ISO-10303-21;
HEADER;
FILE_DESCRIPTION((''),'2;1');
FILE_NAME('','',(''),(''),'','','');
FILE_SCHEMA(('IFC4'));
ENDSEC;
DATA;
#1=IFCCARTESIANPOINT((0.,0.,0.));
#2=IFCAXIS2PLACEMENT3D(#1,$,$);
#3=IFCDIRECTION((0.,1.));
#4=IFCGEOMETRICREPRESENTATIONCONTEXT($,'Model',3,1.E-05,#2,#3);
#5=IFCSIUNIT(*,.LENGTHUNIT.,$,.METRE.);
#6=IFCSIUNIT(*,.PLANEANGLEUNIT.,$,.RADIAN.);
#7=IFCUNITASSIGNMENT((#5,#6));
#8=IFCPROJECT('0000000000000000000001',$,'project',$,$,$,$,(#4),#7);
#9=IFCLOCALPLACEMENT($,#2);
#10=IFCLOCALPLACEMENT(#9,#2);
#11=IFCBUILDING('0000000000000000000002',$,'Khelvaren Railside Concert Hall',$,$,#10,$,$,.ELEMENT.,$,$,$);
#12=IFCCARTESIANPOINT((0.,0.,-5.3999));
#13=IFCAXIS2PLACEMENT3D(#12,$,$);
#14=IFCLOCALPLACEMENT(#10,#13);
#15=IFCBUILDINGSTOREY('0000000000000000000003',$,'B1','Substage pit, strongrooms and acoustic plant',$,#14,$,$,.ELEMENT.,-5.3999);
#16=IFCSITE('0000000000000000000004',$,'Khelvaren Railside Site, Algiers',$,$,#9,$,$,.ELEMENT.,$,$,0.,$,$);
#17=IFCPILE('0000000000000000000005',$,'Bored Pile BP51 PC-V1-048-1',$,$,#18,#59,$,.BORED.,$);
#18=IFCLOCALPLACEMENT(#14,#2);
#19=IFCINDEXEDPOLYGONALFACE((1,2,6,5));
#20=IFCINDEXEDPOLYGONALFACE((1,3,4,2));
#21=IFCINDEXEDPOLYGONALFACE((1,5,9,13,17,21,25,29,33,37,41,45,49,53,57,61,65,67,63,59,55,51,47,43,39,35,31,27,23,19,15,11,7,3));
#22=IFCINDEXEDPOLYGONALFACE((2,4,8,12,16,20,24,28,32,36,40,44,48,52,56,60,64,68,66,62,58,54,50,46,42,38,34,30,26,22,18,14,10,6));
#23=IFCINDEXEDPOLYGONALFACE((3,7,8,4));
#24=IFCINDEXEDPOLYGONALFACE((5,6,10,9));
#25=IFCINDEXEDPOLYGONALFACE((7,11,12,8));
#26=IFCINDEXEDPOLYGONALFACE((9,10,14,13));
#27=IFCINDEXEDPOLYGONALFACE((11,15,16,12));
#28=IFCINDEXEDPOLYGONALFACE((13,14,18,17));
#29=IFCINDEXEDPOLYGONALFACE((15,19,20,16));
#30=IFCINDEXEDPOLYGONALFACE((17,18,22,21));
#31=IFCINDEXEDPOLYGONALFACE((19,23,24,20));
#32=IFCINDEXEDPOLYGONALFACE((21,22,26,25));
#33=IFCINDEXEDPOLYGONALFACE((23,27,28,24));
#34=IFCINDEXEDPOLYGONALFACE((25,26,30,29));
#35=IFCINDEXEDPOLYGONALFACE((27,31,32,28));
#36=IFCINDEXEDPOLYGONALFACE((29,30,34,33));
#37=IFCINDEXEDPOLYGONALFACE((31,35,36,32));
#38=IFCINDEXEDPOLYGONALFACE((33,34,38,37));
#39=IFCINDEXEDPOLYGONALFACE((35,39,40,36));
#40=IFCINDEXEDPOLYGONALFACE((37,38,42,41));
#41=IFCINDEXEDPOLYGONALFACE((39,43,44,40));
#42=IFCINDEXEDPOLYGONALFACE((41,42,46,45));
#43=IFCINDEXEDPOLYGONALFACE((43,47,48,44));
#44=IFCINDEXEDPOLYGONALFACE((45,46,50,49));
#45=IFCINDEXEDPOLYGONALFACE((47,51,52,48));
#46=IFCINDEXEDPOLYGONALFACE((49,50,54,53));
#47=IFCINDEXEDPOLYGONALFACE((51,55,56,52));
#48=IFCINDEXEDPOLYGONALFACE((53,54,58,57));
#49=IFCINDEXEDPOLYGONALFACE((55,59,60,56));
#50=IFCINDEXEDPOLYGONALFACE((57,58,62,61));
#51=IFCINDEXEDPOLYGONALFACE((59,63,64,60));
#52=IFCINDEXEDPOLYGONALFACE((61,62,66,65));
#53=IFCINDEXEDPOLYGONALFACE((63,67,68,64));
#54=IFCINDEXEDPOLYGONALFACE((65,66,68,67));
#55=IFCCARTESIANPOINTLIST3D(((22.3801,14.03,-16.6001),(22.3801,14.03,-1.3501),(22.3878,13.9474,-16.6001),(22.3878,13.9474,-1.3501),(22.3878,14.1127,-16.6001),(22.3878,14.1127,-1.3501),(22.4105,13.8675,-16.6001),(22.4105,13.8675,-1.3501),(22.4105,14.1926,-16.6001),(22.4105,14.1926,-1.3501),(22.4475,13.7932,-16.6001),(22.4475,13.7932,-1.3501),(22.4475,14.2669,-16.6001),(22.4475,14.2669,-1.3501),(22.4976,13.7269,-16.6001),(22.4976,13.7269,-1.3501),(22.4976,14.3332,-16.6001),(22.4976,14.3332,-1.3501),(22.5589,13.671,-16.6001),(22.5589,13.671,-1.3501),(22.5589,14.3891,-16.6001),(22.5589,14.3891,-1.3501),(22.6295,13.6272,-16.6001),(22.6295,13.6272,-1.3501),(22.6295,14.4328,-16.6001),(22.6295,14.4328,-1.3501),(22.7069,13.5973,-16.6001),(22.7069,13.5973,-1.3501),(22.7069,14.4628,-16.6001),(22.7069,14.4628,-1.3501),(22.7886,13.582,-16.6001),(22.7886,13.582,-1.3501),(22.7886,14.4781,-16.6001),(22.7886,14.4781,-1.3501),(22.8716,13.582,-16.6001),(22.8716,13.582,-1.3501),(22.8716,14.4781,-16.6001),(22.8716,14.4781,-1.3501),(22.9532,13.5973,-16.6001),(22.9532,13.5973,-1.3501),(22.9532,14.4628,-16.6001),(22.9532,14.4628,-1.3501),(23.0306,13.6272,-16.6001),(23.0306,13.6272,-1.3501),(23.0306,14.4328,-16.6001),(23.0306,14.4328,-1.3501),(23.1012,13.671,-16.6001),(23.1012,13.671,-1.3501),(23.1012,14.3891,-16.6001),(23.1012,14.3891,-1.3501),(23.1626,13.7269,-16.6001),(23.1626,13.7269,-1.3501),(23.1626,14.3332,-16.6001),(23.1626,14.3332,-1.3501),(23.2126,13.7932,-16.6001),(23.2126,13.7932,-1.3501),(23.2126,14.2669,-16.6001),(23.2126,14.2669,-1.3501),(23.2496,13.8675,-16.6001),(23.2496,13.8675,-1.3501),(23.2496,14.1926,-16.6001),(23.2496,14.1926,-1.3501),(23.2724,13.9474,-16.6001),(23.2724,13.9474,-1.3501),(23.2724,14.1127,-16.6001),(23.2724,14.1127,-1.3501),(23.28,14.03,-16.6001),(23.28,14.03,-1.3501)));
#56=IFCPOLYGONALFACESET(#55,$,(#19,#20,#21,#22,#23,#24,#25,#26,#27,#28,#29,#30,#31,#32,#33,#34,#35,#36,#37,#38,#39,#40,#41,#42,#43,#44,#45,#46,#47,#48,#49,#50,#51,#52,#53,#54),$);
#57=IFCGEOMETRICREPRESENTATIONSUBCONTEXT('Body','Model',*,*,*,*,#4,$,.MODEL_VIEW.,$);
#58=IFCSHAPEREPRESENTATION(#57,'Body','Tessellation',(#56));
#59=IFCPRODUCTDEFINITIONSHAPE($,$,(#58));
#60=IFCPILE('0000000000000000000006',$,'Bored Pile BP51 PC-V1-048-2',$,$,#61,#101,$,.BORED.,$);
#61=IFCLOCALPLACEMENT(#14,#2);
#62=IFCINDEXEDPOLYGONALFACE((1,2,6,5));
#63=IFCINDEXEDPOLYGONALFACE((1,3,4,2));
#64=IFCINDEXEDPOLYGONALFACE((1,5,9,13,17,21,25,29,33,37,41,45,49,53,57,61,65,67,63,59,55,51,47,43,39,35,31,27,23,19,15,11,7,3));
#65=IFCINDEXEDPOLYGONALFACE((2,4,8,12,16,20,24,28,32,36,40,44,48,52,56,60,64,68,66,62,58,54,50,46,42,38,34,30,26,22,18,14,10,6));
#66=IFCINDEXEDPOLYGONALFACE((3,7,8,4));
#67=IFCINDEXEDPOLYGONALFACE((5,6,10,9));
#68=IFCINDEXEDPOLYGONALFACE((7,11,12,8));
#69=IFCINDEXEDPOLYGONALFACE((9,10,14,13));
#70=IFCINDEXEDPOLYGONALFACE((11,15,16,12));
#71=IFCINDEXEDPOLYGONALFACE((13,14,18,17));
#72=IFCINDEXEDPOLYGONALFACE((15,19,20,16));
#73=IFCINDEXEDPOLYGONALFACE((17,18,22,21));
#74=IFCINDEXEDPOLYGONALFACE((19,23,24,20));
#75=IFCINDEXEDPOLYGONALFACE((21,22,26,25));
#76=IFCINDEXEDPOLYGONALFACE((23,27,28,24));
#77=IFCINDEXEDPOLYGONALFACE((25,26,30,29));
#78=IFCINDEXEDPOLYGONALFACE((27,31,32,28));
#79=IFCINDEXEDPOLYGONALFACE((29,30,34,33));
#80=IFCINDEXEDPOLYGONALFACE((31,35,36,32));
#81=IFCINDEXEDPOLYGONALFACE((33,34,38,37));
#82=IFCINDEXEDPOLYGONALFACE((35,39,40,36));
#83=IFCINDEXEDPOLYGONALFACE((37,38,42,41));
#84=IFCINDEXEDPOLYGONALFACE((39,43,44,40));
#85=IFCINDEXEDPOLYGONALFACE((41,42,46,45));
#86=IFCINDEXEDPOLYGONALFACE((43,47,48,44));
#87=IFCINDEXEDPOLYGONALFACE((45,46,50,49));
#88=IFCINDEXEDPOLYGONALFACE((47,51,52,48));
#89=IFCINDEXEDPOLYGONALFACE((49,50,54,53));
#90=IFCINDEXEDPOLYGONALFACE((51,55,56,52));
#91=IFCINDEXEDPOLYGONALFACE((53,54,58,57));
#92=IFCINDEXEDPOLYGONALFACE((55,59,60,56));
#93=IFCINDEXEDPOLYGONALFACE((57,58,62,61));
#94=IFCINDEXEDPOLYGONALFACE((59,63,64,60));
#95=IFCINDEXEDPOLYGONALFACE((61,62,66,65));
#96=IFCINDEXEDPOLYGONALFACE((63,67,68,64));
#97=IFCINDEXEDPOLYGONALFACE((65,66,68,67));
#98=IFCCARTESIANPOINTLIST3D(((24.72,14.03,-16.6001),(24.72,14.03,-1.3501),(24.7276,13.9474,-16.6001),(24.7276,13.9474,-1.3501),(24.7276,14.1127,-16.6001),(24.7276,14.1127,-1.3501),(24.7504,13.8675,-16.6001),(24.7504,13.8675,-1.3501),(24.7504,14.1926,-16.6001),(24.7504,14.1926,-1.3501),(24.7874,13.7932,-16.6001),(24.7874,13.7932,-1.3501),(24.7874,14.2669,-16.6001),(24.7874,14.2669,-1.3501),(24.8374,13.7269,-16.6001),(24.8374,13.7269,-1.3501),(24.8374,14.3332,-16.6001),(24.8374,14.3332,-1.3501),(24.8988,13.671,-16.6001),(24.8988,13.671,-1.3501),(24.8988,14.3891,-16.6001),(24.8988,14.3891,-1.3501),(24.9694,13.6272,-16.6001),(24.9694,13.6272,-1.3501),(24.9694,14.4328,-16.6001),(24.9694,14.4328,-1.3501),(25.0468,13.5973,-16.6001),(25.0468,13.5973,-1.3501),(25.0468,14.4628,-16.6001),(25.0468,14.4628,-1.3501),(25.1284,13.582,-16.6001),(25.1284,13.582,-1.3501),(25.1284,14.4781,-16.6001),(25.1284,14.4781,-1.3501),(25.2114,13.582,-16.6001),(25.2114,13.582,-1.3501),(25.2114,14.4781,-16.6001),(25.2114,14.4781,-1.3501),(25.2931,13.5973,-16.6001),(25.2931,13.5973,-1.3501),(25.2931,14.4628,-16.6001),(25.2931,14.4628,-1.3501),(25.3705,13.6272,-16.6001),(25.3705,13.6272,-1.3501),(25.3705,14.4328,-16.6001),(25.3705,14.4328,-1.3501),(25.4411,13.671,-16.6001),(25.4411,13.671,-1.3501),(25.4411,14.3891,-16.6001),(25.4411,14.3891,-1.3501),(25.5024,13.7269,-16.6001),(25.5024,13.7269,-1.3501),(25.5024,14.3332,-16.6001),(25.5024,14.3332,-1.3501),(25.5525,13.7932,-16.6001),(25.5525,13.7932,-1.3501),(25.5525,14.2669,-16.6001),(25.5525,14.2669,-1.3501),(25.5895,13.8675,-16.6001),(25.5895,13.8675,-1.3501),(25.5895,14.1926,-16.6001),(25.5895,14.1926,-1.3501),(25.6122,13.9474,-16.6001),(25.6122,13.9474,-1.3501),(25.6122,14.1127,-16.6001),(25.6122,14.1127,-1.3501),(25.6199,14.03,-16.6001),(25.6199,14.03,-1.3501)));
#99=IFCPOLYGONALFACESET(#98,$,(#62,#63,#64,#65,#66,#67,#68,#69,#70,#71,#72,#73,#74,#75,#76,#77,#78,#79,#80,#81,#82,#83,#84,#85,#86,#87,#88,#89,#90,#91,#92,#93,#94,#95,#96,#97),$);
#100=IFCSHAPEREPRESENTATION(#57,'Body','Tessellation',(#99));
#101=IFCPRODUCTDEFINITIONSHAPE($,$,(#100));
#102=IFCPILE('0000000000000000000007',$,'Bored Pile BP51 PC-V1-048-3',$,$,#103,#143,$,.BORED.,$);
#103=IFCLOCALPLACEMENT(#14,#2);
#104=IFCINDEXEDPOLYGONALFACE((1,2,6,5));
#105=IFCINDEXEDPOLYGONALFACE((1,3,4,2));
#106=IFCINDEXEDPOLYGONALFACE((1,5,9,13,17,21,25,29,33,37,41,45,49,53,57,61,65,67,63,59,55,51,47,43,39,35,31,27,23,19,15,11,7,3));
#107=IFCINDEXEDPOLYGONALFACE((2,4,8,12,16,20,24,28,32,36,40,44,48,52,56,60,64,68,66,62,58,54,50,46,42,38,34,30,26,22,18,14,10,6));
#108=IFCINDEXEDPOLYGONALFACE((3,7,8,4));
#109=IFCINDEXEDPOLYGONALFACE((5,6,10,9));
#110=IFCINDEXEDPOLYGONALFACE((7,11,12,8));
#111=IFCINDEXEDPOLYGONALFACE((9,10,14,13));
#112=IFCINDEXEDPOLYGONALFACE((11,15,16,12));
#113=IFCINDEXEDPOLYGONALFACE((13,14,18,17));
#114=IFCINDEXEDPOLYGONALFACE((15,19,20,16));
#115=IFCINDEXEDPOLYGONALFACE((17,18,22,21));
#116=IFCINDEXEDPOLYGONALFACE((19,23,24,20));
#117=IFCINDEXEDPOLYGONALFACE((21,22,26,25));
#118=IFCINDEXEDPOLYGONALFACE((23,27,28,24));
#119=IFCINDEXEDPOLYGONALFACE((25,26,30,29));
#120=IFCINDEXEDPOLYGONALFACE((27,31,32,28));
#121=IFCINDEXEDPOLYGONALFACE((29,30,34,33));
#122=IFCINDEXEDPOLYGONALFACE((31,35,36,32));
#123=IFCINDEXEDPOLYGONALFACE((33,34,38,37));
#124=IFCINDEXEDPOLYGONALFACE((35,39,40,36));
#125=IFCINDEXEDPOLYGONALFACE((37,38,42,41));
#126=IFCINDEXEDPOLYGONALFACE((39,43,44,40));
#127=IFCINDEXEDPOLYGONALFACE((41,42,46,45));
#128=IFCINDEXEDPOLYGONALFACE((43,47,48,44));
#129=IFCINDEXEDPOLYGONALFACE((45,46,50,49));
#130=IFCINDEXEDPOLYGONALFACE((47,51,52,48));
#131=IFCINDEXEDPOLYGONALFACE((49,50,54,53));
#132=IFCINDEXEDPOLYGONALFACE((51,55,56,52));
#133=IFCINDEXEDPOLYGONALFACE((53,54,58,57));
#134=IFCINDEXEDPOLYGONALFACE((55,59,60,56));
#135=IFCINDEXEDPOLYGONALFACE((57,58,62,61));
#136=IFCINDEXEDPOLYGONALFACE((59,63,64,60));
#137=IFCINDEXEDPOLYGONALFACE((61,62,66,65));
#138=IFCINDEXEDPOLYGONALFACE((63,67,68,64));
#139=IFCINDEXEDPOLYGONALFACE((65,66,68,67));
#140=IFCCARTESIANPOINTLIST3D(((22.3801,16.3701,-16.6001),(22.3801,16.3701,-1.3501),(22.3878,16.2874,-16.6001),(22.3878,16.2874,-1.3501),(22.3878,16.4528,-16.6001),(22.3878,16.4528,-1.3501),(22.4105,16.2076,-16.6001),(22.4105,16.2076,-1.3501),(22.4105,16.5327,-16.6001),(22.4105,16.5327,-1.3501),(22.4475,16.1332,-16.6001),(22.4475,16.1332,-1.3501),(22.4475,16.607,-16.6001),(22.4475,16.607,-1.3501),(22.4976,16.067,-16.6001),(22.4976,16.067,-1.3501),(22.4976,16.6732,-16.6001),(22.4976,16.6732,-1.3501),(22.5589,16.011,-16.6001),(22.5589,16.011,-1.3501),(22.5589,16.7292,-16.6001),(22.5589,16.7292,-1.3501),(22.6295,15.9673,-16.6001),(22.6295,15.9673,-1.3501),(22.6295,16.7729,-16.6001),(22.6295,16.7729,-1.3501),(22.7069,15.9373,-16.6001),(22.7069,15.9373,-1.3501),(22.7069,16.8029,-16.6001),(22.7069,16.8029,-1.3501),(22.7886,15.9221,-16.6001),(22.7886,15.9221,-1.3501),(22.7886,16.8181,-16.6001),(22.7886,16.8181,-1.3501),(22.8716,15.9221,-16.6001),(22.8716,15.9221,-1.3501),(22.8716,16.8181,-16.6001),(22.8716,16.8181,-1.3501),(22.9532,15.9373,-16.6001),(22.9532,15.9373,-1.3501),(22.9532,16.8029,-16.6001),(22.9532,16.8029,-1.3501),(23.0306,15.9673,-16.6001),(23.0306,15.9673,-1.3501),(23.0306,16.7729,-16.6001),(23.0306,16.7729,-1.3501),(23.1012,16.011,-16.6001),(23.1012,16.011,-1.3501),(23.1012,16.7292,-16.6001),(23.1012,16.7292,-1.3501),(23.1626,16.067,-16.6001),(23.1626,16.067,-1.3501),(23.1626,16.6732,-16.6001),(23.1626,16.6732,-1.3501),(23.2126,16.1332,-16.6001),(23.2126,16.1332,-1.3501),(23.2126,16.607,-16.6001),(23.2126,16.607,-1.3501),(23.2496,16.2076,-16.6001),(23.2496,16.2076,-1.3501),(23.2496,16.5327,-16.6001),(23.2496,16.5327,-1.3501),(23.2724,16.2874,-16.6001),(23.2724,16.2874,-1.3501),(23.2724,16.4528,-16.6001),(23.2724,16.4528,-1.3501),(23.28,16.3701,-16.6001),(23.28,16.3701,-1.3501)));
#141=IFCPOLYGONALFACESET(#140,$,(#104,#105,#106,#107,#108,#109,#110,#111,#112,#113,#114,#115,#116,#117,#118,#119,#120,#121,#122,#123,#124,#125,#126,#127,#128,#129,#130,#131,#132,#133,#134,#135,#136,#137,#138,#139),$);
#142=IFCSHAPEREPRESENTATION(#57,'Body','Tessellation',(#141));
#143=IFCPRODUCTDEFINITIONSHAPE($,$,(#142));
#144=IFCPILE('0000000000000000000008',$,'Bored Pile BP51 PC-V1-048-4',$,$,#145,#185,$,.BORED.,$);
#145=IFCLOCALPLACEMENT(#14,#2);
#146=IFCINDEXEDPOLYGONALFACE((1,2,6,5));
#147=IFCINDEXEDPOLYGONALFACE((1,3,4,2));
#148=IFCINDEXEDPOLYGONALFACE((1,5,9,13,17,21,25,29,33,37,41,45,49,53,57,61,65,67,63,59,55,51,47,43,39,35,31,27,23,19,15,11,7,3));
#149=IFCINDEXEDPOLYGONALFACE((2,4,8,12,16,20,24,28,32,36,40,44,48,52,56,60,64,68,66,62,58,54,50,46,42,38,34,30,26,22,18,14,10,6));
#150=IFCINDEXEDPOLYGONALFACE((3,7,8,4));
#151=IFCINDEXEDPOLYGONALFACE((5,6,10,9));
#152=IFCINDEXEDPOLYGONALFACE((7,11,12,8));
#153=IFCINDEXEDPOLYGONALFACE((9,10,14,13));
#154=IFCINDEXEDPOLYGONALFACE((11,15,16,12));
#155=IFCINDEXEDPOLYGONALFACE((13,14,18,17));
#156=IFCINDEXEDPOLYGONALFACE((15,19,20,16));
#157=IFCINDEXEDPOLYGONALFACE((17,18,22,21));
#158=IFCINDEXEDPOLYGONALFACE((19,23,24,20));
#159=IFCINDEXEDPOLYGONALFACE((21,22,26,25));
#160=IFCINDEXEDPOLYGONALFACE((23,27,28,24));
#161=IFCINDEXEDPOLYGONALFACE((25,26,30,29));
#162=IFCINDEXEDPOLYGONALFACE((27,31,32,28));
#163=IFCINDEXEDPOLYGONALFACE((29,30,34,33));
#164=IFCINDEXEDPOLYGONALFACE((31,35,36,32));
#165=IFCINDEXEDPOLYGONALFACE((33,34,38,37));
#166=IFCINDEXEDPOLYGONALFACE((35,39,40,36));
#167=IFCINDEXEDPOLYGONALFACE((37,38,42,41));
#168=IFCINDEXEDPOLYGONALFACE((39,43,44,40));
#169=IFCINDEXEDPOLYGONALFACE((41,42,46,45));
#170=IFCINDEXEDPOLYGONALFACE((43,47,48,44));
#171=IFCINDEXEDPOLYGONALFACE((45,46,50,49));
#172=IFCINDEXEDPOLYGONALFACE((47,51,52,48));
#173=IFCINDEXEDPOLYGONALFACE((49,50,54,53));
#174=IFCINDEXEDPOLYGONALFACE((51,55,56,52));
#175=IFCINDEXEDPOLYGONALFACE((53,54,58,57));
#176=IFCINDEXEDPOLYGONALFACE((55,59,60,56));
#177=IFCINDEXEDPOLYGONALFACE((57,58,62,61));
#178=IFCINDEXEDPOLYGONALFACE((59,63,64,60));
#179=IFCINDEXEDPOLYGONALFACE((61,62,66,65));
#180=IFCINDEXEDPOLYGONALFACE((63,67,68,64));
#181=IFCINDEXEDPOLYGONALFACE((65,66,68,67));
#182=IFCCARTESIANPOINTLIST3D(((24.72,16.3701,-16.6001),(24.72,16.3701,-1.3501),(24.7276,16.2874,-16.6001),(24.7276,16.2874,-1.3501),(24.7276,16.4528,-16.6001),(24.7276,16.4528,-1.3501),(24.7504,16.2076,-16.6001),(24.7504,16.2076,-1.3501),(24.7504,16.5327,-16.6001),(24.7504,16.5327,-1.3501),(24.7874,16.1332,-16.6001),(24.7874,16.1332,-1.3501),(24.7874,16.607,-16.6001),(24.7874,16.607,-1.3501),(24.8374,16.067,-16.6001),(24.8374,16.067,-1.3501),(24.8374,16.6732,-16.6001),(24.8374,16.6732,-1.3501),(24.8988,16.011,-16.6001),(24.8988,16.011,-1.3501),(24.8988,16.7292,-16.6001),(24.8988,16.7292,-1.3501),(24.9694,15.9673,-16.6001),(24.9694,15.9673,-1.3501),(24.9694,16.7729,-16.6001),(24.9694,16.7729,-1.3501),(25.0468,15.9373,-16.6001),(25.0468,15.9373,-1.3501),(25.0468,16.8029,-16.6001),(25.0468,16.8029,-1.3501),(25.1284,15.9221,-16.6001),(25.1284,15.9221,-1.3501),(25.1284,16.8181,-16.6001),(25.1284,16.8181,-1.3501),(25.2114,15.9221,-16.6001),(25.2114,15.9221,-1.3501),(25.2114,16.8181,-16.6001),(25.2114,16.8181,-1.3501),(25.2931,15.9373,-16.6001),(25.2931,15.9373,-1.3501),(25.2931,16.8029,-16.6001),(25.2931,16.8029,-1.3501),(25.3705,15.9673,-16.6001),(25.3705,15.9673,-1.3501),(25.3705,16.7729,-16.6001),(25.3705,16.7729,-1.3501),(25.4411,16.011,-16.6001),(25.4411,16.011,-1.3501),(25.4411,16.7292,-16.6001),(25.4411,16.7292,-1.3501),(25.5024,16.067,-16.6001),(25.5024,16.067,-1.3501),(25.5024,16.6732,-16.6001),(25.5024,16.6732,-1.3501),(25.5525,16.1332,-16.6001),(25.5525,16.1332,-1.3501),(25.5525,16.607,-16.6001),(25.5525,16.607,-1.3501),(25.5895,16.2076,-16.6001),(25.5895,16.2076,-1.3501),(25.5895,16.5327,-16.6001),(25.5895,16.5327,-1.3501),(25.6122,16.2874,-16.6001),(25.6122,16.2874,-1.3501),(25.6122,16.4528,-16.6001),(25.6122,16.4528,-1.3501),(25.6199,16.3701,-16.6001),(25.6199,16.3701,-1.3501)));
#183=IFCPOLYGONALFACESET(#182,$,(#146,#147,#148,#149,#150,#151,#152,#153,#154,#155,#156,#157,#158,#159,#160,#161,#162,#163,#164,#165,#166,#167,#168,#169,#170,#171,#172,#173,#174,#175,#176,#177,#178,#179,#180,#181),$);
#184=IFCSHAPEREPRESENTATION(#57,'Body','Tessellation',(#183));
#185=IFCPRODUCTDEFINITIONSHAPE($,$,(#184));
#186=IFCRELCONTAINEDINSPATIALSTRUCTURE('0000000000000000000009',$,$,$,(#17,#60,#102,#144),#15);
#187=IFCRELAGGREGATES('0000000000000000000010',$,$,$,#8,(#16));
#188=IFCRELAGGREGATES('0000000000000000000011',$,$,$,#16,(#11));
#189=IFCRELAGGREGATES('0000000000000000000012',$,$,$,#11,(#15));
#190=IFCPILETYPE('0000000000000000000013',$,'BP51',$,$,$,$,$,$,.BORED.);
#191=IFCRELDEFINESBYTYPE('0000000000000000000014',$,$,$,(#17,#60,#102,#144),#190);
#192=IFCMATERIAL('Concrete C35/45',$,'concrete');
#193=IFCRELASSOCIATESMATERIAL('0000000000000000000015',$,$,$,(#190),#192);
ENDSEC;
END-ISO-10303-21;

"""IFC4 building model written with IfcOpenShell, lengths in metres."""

from ifc_helpers import new_model, si_unit, direction, frame, origin, origin_2d, place, context, subcontext, project, spatial, circle, extrude, material, material_profile, profile_set, type_object, element, save


model = new_model("IFC4")

# Units and contexts
model_context = context("Model", 3, precision=1e-05, world=origin(), true_north=direction((0.0, 1.0)))
body_context = subcontext(model_context, "Body", "Model", "MODEL_VIEW")
ifc_project = project(units=[si_unit("LENGTHUNIT", "METRE"), si_unit("PLANEANGLEUNIT", "RADIAN")], contexts=[model_context])

# Site, building, storey
site_placement = place(None, origin())
site = spatial("IfcSite", under=ifc_project, at=site_placement, Name="Khelvaren Railside Site, Algiers", CompositionType="ELEMENT", RefElevation=0.0)
building_placement = place(site_placement, origin())
building = spatial("IfcBuilding", under=site, at=building_placement, Name="Khelvaren Railside Concert Hall", CompositionType="ELEMENT")
storey_placement = place(building_placement, frame((0.0, 0.0, -5.3999)))
storey = spatial("IfcBuildingStorey", under=building, at=storey_placement, Name="B1", Description="Substage pit, strongrooms and acoustic plant", CompositionType="ELEMENT", Elevation=-5.3999)

# Piles
ifc_material_1 = material(Name="Concrete C35/45", Category="concrete")
ifc_material_profile_1 = material_profile(ifc_material_1, circle(Radius=0.45, at=origin_2d()), Name="BP D900")
ifc_profile_set_1 = profile_set([ifc_material_profile_1], Name="Concrete C35/45")
pile_type_1 = type_object("IfcPileType", Name="BP51", PredefinedType="BORED", material=ifc_profile_set_1)
for number, where, z_axis, x_axis, name in (
    (1, (22.8301, 14.03, -1.3501), (0.0, 0.0, -1.0), (1.0, 0.0, 0.0), "Bored Pile BP51 PC-V1-048-1"),
    (2, (25.1699, 14.03, -1.3501), (0.0, 0.0, -1.0), (1.0, 0.0, 0.0), "Bored Pile BP51 PC-V1-048-2"),
    (3, (22.8301, 16.3701, -1.3501), (0.0, 0.0, -1.0), (1.0, 0.0, 0.0), "Bored Pile BP51 PC-V1-048-3"),
    (4, (25.1699, 16.3701, -1.3501), (0.0, 0.0, -1.0), (1.0, 0.0, 0.0), "Bored Pile BP51 PC-V1-048-4"),
):
    element("IfcPile", number, at=place(storey_placement, frame(where, z_axis=z_axis, x_axis=x_axis)), inside=storey, type_object=pile_type_1, Name=name, PredefinedType="BORED", context=body_context, shape_type="SweptSolid", body=[
        extrude(circle(Radius=0.45, at=origin_2d()), origin(), (0.0, 0.0, 1.0), 15.25),
    ])

save(model, "model.ifc")
